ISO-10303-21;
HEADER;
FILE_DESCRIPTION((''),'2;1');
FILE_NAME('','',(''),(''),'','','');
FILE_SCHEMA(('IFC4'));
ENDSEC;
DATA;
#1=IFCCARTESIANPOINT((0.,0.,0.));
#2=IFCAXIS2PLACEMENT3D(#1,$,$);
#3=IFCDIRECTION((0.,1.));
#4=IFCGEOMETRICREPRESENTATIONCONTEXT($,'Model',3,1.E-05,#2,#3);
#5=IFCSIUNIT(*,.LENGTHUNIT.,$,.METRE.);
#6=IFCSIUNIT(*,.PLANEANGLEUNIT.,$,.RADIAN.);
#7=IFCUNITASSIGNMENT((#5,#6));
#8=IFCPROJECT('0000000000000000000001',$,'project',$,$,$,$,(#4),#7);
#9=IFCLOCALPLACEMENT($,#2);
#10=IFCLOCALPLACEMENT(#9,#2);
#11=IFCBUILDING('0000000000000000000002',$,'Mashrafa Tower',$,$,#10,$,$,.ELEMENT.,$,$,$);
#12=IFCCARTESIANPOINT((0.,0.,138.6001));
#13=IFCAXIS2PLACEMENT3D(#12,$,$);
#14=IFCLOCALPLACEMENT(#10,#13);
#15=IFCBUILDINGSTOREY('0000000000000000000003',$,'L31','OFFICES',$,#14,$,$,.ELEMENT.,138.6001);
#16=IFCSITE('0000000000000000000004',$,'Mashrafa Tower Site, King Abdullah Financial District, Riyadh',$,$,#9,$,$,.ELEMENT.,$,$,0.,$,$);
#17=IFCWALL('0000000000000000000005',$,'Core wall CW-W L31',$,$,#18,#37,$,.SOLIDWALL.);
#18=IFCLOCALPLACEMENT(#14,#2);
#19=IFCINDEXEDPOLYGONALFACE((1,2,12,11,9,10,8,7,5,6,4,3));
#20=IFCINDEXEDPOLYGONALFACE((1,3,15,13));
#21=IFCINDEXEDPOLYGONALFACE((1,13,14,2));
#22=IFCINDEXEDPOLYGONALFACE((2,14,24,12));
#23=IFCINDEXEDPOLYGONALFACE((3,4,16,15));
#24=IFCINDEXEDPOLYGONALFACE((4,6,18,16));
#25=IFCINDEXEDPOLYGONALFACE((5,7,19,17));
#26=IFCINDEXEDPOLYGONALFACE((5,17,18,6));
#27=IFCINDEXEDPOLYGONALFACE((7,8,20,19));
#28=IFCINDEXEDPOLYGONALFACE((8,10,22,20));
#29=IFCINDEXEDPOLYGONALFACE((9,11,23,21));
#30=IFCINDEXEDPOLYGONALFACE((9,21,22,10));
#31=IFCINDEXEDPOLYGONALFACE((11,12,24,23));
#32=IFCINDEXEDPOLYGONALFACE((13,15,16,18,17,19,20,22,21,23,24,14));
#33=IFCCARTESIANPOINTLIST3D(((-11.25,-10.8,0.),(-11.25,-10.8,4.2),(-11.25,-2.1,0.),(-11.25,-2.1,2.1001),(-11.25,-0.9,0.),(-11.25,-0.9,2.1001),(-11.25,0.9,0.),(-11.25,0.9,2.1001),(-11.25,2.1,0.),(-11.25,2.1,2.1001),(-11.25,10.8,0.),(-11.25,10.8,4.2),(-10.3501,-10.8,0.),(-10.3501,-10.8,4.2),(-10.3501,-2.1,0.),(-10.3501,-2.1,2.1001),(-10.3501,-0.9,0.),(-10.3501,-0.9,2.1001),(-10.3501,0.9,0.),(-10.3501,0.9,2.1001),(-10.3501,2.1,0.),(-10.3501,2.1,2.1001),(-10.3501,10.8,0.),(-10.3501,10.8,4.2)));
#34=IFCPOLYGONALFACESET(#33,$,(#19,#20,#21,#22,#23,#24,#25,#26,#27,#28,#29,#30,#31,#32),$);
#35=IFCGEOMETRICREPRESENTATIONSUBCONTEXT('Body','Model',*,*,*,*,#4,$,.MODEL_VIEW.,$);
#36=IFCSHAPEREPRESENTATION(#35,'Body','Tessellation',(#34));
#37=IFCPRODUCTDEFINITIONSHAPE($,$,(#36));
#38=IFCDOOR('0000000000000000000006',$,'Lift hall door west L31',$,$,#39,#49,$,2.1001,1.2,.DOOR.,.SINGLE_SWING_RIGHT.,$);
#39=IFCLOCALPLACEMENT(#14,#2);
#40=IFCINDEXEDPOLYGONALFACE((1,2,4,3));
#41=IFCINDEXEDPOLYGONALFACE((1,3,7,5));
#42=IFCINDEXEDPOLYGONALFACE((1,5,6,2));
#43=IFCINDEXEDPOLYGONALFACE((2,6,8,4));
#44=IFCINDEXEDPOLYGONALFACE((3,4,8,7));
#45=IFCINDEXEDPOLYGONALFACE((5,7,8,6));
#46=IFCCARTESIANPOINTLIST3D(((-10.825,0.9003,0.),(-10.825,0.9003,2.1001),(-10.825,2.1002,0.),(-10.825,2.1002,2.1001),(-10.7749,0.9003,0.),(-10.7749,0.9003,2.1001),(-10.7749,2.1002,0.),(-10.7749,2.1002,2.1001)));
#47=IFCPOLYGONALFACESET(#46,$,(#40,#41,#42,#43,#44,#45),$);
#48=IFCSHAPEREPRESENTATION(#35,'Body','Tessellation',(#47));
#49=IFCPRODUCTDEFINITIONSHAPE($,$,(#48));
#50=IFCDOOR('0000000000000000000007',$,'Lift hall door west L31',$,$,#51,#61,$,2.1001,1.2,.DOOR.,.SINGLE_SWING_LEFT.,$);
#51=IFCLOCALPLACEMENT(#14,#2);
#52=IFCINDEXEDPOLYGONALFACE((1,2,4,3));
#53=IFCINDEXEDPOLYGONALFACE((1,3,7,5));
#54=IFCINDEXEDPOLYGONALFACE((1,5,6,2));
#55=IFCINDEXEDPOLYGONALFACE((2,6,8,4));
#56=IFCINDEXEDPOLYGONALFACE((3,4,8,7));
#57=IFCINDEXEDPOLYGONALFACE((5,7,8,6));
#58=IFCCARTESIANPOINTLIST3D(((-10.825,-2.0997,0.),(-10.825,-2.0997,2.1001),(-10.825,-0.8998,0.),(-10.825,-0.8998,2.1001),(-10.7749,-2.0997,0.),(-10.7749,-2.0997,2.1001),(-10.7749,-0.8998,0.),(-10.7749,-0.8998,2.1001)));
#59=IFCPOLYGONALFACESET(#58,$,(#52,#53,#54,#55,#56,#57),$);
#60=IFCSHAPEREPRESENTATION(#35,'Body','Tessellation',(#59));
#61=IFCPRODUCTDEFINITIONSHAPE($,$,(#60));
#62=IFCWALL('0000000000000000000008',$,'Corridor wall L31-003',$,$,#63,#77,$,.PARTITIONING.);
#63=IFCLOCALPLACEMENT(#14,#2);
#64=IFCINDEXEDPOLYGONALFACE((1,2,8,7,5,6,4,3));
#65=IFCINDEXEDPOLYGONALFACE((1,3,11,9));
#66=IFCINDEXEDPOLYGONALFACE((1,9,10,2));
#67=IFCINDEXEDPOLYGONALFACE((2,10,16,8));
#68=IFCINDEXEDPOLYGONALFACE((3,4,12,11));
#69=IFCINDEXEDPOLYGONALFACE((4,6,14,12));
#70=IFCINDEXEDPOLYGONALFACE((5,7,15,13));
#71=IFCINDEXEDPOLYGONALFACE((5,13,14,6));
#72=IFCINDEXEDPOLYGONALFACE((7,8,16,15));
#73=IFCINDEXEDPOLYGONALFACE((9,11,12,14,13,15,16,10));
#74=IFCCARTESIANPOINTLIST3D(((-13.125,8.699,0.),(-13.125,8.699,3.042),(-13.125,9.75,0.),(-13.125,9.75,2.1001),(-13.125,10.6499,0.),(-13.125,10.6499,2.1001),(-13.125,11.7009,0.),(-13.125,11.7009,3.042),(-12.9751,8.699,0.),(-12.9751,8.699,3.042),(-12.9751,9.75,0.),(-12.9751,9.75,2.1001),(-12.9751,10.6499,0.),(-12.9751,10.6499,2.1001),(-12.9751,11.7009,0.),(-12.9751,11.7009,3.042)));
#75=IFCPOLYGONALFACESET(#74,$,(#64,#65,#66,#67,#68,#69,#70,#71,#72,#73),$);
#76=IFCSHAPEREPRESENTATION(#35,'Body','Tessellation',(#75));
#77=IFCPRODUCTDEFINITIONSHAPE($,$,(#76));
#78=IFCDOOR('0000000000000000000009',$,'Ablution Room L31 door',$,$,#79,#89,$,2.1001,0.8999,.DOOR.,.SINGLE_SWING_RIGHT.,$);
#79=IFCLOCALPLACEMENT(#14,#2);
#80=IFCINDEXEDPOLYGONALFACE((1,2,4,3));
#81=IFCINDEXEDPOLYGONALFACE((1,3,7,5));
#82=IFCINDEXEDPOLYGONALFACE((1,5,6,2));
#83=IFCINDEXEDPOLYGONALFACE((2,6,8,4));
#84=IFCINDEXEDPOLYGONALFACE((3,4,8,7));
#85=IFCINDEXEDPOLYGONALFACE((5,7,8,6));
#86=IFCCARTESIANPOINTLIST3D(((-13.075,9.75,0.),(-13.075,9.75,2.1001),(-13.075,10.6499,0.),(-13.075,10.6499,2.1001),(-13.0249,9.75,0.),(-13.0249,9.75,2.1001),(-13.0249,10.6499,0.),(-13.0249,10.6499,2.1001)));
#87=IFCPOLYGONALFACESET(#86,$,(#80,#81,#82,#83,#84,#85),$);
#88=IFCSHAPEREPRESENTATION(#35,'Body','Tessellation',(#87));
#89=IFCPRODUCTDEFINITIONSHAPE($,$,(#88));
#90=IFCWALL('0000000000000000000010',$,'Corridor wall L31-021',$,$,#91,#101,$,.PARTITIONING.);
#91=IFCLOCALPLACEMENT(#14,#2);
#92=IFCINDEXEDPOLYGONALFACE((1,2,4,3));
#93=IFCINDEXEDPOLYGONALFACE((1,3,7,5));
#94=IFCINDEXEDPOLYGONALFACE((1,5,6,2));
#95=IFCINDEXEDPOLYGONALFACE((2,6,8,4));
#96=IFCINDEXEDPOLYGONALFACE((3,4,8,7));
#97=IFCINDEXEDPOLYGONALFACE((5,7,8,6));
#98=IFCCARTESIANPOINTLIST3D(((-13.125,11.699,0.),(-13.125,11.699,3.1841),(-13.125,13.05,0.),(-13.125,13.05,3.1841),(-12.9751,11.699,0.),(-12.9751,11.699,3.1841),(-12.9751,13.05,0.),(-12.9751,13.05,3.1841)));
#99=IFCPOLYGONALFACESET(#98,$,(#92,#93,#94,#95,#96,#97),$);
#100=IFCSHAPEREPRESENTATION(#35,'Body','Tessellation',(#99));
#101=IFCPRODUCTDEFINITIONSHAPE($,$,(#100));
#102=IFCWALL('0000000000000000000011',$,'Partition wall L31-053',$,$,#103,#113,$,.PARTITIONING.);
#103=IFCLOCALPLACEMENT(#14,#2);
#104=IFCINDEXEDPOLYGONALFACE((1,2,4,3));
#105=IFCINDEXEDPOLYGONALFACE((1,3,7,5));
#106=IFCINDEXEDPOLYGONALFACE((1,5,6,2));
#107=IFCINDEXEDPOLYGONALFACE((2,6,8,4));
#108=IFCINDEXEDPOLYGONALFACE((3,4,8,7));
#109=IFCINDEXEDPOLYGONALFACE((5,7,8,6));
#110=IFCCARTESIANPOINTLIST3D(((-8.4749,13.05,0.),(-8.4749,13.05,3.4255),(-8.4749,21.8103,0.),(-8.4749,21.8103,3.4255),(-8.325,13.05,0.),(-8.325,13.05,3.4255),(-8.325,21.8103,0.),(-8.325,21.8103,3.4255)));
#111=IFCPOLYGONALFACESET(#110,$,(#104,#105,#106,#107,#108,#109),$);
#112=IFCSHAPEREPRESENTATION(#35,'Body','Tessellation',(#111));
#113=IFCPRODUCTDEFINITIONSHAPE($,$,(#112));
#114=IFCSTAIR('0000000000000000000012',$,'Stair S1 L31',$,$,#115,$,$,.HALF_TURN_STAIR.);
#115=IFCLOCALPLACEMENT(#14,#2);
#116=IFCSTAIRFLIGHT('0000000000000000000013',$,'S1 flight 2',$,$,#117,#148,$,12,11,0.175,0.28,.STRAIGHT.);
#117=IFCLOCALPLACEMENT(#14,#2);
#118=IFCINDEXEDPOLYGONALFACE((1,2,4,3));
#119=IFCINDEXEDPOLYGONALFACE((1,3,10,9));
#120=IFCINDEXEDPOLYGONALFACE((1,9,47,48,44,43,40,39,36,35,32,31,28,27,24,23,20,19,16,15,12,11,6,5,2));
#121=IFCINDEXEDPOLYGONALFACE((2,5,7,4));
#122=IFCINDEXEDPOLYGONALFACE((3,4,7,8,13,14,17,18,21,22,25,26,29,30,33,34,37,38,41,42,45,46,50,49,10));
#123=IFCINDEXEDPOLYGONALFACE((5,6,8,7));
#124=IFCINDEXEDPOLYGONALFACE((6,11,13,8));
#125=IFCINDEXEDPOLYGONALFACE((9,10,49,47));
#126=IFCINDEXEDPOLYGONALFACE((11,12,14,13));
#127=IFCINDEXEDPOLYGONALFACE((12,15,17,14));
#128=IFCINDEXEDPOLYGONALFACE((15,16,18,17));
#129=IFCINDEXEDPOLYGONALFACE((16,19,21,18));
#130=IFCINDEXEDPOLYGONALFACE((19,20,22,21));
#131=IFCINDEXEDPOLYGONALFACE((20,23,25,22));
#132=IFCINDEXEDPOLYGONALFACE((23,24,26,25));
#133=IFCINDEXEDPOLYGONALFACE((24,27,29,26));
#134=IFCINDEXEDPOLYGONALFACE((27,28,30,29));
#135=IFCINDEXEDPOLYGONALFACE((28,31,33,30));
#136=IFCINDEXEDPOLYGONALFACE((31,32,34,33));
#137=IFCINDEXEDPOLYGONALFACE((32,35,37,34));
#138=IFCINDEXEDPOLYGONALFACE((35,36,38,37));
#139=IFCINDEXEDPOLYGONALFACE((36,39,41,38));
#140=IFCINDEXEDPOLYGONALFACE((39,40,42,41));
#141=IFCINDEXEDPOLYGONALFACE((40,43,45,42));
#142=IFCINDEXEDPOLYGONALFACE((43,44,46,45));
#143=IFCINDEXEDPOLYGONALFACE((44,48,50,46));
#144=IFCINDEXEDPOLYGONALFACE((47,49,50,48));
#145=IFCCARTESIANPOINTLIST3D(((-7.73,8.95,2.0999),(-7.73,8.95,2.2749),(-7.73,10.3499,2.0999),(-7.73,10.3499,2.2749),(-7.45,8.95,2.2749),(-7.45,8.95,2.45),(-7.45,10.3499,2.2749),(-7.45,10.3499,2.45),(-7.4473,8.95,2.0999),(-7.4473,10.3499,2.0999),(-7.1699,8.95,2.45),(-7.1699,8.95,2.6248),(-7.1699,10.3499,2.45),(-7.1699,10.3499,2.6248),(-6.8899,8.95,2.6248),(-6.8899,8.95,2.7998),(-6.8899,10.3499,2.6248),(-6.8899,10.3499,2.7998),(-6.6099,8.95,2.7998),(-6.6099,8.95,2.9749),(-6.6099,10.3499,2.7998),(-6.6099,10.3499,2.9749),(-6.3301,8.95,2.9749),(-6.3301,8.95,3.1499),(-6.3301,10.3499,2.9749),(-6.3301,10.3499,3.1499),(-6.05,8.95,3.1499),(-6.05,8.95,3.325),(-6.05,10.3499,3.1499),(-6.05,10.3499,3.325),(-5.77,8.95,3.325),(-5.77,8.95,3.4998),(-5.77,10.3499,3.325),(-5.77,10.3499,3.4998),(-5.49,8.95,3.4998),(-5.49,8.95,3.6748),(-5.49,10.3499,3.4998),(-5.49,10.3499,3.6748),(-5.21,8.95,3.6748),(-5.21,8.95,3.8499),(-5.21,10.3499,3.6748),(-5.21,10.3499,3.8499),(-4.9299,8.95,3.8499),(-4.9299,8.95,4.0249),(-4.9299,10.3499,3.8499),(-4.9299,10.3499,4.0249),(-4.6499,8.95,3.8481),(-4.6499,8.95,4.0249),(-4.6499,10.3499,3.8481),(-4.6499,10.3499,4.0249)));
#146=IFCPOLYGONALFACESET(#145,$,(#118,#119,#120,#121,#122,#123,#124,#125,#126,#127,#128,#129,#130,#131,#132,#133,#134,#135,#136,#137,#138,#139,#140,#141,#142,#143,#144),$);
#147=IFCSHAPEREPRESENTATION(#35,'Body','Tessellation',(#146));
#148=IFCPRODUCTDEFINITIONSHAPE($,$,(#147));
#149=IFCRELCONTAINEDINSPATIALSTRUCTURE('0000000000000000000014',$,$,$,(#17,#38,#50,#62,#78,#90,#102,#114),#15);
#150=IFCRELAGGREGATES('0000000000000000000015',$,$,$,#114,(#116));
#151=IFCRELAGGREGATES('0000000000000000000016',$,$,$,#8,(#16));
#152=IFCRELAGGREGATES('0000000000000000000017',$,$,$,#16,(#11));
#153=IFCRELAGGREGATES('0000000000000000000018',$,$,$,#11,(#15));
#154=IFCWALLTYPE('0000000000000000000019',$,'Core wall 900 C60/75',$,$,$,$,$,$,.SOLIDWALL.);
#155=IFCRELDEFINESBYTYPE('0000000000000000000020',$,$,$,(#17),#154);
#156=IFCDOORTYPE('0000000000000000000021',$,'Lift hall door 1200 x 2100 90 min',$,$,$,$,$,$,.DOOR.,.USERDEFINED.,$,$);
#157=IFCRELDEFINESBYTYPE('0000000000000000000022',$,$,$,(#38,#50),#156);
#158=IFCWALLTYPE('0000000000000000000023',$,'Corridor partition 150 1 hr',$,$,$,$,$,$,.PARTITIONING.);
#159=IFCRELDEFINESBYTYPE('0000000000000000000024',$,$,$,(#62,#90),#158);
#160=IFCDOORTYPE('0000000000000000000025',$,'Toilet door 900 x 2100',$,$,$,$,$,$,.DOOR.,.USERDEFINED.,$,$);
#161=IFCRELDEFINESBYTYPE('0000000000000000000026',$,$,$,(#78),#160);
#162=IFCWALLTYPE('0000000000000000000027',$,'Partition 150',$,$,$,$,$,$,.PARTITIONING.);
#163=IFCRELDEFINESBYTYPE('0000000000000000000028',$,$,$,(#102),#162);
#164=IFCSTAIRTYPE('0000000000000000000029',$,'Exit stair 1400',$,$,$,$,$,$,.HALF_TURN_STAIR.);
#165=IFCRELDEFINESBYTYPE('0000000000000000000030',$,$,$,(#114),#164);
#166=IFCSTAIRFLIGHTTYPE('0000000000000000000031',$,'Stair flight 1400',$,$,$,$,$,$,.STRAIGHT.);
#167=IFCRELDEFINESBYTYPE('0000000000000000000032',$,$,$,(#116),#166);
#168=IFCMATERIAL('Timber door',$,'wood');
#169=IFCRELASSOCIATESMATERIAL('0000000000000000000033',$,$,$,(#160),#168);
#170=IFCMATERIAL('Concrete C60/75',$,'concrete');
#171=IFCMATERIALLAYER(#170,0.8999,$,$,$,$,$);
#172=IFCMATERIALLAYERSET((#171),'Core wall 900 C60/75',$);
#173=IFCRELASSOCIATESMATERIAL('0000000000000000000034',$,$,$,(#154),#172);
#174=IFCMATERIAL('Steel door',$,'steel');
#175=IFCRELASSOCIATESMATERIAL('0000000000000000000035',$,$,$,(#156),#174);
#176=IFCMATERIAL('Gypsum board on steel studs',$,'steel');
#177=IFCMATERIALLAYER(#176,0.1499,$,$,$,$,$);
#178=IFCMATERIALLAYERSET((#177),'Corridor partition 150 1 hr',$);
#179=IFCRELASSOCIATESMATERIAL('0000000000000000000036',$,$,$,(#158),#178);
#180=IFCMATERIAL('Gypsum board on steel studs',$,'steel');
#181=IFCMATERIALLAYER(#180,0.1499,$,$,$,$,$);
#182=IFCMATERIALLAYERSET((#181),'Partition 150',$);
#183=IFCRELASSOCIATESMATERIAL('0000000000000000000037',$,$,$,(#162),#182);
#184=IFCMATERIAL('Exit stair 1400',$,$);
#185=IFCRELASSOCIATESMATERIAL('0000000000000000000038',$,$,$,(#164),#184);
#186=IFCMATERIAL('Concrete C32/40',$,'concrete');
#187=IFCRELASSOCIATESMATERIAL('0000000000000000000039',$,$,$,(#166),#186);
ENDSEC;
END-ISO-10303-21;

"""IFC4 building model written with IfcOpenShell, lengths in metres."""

from ifc_helpers import new_model, si_unit, direction, frame, frame_2d, origin, place, context, subcontext, project, spatial, polyline, rectangle, outline, extrude, material, layer, layer_set, type_object, element, fill, aggregate, save


model = new_model("IFC4")

# Units and contexts
model_context = context("Model", 3, precision=1e-05, world=origin(), true_north=direction((0.0, 1.0)))
body_context = subcontext(model_context, "Body", "Model", "MODEL_VIEW")
ifc_project = project(units=[si_unit("LENGTHUNIT", "METRE"), si_unit("PLANEANGLEUNIT", "RADIAN")], contexts=[model_context])

# Site, building, storey
site_placement = place(None, origin())
site = spatial("IfcSite", under=ifc_project, at=site_placement, Name="Mashrafa Tower Site, King Abdullah Financial District, Riyadh", CompositionType="ELEMENT", RefElevation=0.0)
building_placement = place(site_placement, origin())
building = spatial("IfcBuilding", under=site, at=building_placement, Name="Mashrafa Tower", CompositionType="ELEMENT")
storey_placement = place(building_placement, frame((0.0, 0.0, 138.6001)))
storey = spatial("IfcBuildingStorey", under=building, at=storey_placement, Name="L31", Description="OFFICES", CompositionType="ELEMENT", Elevation=138.6001)

# Shared definitions
ifc_material_1 = material(Name="Timber door", Category="wood")
door_type_1 = type_object("IfcDoorType", Name="Toilet door 900 x 2100", OperationType="USERDEFINED", PredefinedType="DOOR", material=ifc_material_1)

# Wall, openings, doors
ifc_material_2 = material(Name="Concrete C60/75", Category="concrete")
ifc_layer_1 = layer(ifc_material_2, 0.8999)
ifc_layer_set_1 = layer_set([ifc_layer_1], Name="Core wall 900 C60/75")
wall_type_1 = type_object("IfcWallType", Name="Core wall 900 C60/75", PredefinedType="SOLIDWALL", material=ifc_layer_set_1)
wall_1_placement = place(storey_placement, frame((-10.8, 10.8, 0.0), z_axis=(0.0, 0.0, 1.0), x_axis=(0.0, -1.0, 0.0)))
wall_1 = element("IfcWall", 1, at=wall_1_placement, inside=storey, type_object=wall_type_1, Name="Core wall CW-W L31", PredefinedType="SOLIDWALL", context=body_context, shape_type="SweptSolid", body=[
    extrude(rectangle(XDim=21.6001, YDim=0.8999, at=frame_2d((10.8, 0.0))), origin(), (0.0, 0.0, 1.0), 4.2),
])
opening_1_placement = place(wall_1_placement, frame((8.7, 0.0, 0.0)))
opening_1 = element("IfcOpeningElement", 2, at=opening_1_placement, cuts=wall_1, PredefinedType="OPENING", context=body_context, shape_type="SweptSolid", body=[
    extrude(rectangle(XDim=1.2, YDim=2.1001, at=frame_2d((0.6001, 1.05))), frame((0.0, 0.46, 0.0), z_axis=(0.0, -1.0, 0.0), x_axis=(1.0, 0.0, 0.0)), (0.0, 0.0, 1.0), 0.9199),
])
opening_2_placement = place(wall_1_placement, frame((11.7, 0.0, 0.0)))
opening_2 = element("IfcOpeningElement", 3, at=opening_2_placement, cuts=wall_1, PredefinedType="OPENING", context=body_context, shape_type="SweptSolid", body=[
    extrude(rectangle(XDim=1.2, YDim=2.1001, at=frame_2d((0.6001, 1.05))), frame((0.0, 0.46, 0.0), z_axis=(0.0, -1.0, 0.0), x_axis=(1.0, 0.0, 0.0)), (0.0, 0.0, 1.0), 0.9199),
])
ifc_material_3 = material(Name="Steel door", Category="steel")
door_type_2 = type_object("IfcDoorType", Name="Lift hall door 1200 x 2100 90 min", OperationType="USERDEFINED", PredefinedType="DOOR", material=ifc_material_3)
door_1_placement = place(opening_1_placement, frame((1.2, 0.0, 0.0), z_axis=(0.0, 0.0, 1.0), x_axis=(-1.0, 0.0, 0.0)))
door_1 = element("IfcDoor", 4, at=door_1_placement, inside=storey, type_object=door_type_2, Name="Lift hall door west L31", OperationType="SINGLE_SWING_RIGHT", OverallHeight=2.1001, OverallWidth=1.2, PredefinedType="DOOR", context=body_context, shape_type="SweptSolid", body=[
    extrude(rectangle(XDim=1.2, YDim=2.1001, at=frame_2d((0.6001, 1.05))), frame((0.0, 0.0249, 0.0), z_axis=(0.0, -1.0, 0.0), x_axis=(1.0, 0.0, 0.0)), (0.0, 0.0, 1.0), 0.05),
])
fill(opening_1, door_1)
door_2_placement = place(opening_2_placement, frame((1.2, 0.0, 0.0), z_axis=(0.0, 0.0, 1.0), x_axis=(-1.0, 0.0, 0.0)))
door_2 = element("IfcDoor", 5, at=door_2_placement, inside=storey, type_object=door_type_2, Name="Lift hall door west L31", OperationType="SINGLE_SWING_LEFT", OverallHeight=2.1001, OverallWidth=1.2, PredefinedType="DOOR", context=body_context, shape_type="SweptSolid", body=[
    extrude(rectangle(XDim=1.2, YDim=2.1001, at=frame_2d((0.6001, 1.05))), frame((0.0, 0.0249, 0.0), z_axis=(0.0, -1.0, 0.0), x_axis=(1.0, 0.0, 0.0)), (0.0, 0.0, 1.0), 0.05),
])
fill(opening_2, door_2)

# Wall, opening, door
ifc_material_4 = material(Name="Gypsum board on steel studs", Category="steel")
ifc_layer_2 = layer(ifc_material_4, 0.1499)
ifc_layer_set_2 = layer_set([ifc_layer_2], Name="Corridor partition 150 1 hr")
wall_type_2 = type_object("IfcWallType", Name="Corridor partition 150 1 hr", PredefinedType="PARTITIONING", material=ifc_layer_set_2)
wall_2_placement = place(storey_placement, frame((-13.05, 11.7009, 0.0), z_axis=(0.0, 0.0, 1.0), x_axis=(0.0, -1.0, 0.0)))
wall_2 = element("IfcWall", 6, at=wall_2_placement, inside=storey, type_object=wall_type_2, Name="Corridor wall L31-003", PredefinedType="PARTITIONING", context=body_context, shape_type="SweptSolid", body=[
    extrude(rectangle(XDim=3.002, YDim=0.1499, at=frame_2d((1.501, 0.0))), origin(), (0.0, 0.0, 1.0), 3.042),
])
opening_3_placement = place(wall_2_placement, frame((1.051, 0.0, 0.0)))
opening_3 = element("IfcOpeningElement", 7, at=opening_3_placement, cuts=wall_2, PredefinedType="OPENING", context=body_context, shape_type="SweptSolid", body=[
    extrude(rectangle(XDim=0.8999, YDim=2.1001, at=frame_2d((0.45, 1.05))), frame((0.0, 0.085, 0.0), z_axis=(0.0, -1.0, 0.0), x_axis=(1.0, 0.0, 0.0)), (0.0, 0.0, 1.0), 0.1699),
])
door_3_placement = place(opening_3_placement, frame((0.8999, 0.0, 0.0), z_axis=(0.0, 0.0, 1.0), x_axis=(-1.0, 0.0, 0.0)))
door_3 = element("IfcDoor", 8, at=door_3_placement, inside=storey, type_object=door_type_1, Name="Ablution Room L31 door", OperationType="SINGLE_SWING_RIGHT", OverallHeight=2.1001, OverallWidth=0.8999, PredefinedType="DOOR", context=body_context, shape_type="SweptSolid", body=[
    extrude(rectangle(XDim=0.8999, YDim=2.1001, at=frame_2d((0.45, 1.05))), frame((0.0, 0.0249, 0.0), z_axis=(0.0, -1.0, 0.0), x_axis=(1.0, 0.0, 0.0)), (0.0, 0.0, 1.0), 0.05),
])
fill(opening_3, door_3)

# Walls
wall_3_placement = place(storey_placement, frame((-13.05, 13.05, 0.0), z_axis=(0.0, 0.0, 1.0), x_axis=(0.0, -1.0, 0.0)))
element("IfcWall", 9, at=wall_3_placement, inside=storey, type_object=wall_type_2, Name="Corridor wall L31-021", PredefinedType="PARTITIONING", context=body_context, shape_type="SweptSolid", body=[
    extrude(rectangle(XDim=1.3511, YDim=0.1499, at=frame_2d((0.6755, 0.0))), origin(), (0.0, 0.0, 1.0), 3.1841),
])
ifc_material_5 = material(Name="Gypsum board on steel studs", Category="steel")
ifc_layer_3 = layer(ifc_material_5, 0.1499)
ifc_layer_set_3 = layer_set([ifc_layer_3], Name="Partition 150")
wall_type_3 = type_object("IfcWallType", Name="Partition 150", PredefinedType="PARTITIONING", material=ifc_layer_set_3)
wall_4_placement = place(storey_placement, frame((-8.3999, 13.05, 0.0), z_axis=(0.0, 0.0, 1.0), x_axis=(0.0, 1.0, 0.0)))
element("IfcWall", 10, at=wall_4_placement, inside=storey, type_object=wall_type_3, Name="Partition wall L31-053", PredefinedType="PARTITIONING", context=body_context, shape_type="SweptSolid", body=[
    extrude(rectangle(XDim=8.7603, YDim=0.1499, at=frame_2d((4.3801, 0.0))), origin(), (0.0, 0.0, 1.0), 3.4255),
])

# Stair, stair flight
ifc_material_6 = material(Name="Exit stair 1400")
stair_type = type_object("IfcStairType", Name="Exit stair 1400", PredefinedType="HALF_TURN_STAIR", material=ifc_material_6)
stair_placement = place(storey_placement, origin())
stair = element("IfcStair", 11, at=stair_placement, inside=storey, type_object=stair_type, Name="Stair S1 L31", PredefinedType="HALF_TURN_STAIR")
ifc_material_7 = material(Name="Concrete C32/40", Category="concrete")
stair_flight_type = type_object("IfcStairFlightType", Name="Stair flight 1400", PredefinedType="STRAIGHT", material=ifc_material_7)
stair_flight_placement = place(storey_placement, frame((-7.73, 9.6499, 2.0999), z_axis=(0.0, 0.0, 1.0), x_axis=(1.0, 0.0, 0.0)))
stair_flight = element("IfcStairFlight", 12, at=stair_flight_placement, type_object=stair_flight_type, Name="S1 flight 2", NumberOfRisers=12, NumberOfTreads=11, PredefinedType="STRAIGHT", RiserHeight=0.175, TreadLength=0.28, context=body_context, shape_type="SweptSolid", body=[
    extrude(outline(polyline([(0.0, 0.0), (0.0, 0.175), (0.28, 0.175), (0.28, 0.3501), (0.5601, 0.3501), (0.5601, 0.5249), (0.8401, 0.5249), (0.8401, 0.7), (1.1201, 0.7), (1.1201, 0.875), (1.3999, 0.875), (1.3999, 1.05), (1.6799, 1.05), (1.6799, 1.2251), (1.96, 1.2251), (1.96, 1.3999), (2.24, 1.3999), (2.24, 1.575), (2.52, 1.575), (2.52, 1.75), (2.8, 1.75), (2.8, 1.925), (3.0801, 1.925), (3.0801, 2.1001), (3.0801, 1.7483), (0.2827, 0.0), (0.0, 0.0)])), frame((0.0, 0.7, 0.0), z_axis=(0.0, -1.0, 0.0), x_axis=(1.0, 0.0, 0.0)), (0.0, 0.0, 1.0), 1.3999),
])
aggregate(stair, [stair_flight])

save(model, "model.ifc")
